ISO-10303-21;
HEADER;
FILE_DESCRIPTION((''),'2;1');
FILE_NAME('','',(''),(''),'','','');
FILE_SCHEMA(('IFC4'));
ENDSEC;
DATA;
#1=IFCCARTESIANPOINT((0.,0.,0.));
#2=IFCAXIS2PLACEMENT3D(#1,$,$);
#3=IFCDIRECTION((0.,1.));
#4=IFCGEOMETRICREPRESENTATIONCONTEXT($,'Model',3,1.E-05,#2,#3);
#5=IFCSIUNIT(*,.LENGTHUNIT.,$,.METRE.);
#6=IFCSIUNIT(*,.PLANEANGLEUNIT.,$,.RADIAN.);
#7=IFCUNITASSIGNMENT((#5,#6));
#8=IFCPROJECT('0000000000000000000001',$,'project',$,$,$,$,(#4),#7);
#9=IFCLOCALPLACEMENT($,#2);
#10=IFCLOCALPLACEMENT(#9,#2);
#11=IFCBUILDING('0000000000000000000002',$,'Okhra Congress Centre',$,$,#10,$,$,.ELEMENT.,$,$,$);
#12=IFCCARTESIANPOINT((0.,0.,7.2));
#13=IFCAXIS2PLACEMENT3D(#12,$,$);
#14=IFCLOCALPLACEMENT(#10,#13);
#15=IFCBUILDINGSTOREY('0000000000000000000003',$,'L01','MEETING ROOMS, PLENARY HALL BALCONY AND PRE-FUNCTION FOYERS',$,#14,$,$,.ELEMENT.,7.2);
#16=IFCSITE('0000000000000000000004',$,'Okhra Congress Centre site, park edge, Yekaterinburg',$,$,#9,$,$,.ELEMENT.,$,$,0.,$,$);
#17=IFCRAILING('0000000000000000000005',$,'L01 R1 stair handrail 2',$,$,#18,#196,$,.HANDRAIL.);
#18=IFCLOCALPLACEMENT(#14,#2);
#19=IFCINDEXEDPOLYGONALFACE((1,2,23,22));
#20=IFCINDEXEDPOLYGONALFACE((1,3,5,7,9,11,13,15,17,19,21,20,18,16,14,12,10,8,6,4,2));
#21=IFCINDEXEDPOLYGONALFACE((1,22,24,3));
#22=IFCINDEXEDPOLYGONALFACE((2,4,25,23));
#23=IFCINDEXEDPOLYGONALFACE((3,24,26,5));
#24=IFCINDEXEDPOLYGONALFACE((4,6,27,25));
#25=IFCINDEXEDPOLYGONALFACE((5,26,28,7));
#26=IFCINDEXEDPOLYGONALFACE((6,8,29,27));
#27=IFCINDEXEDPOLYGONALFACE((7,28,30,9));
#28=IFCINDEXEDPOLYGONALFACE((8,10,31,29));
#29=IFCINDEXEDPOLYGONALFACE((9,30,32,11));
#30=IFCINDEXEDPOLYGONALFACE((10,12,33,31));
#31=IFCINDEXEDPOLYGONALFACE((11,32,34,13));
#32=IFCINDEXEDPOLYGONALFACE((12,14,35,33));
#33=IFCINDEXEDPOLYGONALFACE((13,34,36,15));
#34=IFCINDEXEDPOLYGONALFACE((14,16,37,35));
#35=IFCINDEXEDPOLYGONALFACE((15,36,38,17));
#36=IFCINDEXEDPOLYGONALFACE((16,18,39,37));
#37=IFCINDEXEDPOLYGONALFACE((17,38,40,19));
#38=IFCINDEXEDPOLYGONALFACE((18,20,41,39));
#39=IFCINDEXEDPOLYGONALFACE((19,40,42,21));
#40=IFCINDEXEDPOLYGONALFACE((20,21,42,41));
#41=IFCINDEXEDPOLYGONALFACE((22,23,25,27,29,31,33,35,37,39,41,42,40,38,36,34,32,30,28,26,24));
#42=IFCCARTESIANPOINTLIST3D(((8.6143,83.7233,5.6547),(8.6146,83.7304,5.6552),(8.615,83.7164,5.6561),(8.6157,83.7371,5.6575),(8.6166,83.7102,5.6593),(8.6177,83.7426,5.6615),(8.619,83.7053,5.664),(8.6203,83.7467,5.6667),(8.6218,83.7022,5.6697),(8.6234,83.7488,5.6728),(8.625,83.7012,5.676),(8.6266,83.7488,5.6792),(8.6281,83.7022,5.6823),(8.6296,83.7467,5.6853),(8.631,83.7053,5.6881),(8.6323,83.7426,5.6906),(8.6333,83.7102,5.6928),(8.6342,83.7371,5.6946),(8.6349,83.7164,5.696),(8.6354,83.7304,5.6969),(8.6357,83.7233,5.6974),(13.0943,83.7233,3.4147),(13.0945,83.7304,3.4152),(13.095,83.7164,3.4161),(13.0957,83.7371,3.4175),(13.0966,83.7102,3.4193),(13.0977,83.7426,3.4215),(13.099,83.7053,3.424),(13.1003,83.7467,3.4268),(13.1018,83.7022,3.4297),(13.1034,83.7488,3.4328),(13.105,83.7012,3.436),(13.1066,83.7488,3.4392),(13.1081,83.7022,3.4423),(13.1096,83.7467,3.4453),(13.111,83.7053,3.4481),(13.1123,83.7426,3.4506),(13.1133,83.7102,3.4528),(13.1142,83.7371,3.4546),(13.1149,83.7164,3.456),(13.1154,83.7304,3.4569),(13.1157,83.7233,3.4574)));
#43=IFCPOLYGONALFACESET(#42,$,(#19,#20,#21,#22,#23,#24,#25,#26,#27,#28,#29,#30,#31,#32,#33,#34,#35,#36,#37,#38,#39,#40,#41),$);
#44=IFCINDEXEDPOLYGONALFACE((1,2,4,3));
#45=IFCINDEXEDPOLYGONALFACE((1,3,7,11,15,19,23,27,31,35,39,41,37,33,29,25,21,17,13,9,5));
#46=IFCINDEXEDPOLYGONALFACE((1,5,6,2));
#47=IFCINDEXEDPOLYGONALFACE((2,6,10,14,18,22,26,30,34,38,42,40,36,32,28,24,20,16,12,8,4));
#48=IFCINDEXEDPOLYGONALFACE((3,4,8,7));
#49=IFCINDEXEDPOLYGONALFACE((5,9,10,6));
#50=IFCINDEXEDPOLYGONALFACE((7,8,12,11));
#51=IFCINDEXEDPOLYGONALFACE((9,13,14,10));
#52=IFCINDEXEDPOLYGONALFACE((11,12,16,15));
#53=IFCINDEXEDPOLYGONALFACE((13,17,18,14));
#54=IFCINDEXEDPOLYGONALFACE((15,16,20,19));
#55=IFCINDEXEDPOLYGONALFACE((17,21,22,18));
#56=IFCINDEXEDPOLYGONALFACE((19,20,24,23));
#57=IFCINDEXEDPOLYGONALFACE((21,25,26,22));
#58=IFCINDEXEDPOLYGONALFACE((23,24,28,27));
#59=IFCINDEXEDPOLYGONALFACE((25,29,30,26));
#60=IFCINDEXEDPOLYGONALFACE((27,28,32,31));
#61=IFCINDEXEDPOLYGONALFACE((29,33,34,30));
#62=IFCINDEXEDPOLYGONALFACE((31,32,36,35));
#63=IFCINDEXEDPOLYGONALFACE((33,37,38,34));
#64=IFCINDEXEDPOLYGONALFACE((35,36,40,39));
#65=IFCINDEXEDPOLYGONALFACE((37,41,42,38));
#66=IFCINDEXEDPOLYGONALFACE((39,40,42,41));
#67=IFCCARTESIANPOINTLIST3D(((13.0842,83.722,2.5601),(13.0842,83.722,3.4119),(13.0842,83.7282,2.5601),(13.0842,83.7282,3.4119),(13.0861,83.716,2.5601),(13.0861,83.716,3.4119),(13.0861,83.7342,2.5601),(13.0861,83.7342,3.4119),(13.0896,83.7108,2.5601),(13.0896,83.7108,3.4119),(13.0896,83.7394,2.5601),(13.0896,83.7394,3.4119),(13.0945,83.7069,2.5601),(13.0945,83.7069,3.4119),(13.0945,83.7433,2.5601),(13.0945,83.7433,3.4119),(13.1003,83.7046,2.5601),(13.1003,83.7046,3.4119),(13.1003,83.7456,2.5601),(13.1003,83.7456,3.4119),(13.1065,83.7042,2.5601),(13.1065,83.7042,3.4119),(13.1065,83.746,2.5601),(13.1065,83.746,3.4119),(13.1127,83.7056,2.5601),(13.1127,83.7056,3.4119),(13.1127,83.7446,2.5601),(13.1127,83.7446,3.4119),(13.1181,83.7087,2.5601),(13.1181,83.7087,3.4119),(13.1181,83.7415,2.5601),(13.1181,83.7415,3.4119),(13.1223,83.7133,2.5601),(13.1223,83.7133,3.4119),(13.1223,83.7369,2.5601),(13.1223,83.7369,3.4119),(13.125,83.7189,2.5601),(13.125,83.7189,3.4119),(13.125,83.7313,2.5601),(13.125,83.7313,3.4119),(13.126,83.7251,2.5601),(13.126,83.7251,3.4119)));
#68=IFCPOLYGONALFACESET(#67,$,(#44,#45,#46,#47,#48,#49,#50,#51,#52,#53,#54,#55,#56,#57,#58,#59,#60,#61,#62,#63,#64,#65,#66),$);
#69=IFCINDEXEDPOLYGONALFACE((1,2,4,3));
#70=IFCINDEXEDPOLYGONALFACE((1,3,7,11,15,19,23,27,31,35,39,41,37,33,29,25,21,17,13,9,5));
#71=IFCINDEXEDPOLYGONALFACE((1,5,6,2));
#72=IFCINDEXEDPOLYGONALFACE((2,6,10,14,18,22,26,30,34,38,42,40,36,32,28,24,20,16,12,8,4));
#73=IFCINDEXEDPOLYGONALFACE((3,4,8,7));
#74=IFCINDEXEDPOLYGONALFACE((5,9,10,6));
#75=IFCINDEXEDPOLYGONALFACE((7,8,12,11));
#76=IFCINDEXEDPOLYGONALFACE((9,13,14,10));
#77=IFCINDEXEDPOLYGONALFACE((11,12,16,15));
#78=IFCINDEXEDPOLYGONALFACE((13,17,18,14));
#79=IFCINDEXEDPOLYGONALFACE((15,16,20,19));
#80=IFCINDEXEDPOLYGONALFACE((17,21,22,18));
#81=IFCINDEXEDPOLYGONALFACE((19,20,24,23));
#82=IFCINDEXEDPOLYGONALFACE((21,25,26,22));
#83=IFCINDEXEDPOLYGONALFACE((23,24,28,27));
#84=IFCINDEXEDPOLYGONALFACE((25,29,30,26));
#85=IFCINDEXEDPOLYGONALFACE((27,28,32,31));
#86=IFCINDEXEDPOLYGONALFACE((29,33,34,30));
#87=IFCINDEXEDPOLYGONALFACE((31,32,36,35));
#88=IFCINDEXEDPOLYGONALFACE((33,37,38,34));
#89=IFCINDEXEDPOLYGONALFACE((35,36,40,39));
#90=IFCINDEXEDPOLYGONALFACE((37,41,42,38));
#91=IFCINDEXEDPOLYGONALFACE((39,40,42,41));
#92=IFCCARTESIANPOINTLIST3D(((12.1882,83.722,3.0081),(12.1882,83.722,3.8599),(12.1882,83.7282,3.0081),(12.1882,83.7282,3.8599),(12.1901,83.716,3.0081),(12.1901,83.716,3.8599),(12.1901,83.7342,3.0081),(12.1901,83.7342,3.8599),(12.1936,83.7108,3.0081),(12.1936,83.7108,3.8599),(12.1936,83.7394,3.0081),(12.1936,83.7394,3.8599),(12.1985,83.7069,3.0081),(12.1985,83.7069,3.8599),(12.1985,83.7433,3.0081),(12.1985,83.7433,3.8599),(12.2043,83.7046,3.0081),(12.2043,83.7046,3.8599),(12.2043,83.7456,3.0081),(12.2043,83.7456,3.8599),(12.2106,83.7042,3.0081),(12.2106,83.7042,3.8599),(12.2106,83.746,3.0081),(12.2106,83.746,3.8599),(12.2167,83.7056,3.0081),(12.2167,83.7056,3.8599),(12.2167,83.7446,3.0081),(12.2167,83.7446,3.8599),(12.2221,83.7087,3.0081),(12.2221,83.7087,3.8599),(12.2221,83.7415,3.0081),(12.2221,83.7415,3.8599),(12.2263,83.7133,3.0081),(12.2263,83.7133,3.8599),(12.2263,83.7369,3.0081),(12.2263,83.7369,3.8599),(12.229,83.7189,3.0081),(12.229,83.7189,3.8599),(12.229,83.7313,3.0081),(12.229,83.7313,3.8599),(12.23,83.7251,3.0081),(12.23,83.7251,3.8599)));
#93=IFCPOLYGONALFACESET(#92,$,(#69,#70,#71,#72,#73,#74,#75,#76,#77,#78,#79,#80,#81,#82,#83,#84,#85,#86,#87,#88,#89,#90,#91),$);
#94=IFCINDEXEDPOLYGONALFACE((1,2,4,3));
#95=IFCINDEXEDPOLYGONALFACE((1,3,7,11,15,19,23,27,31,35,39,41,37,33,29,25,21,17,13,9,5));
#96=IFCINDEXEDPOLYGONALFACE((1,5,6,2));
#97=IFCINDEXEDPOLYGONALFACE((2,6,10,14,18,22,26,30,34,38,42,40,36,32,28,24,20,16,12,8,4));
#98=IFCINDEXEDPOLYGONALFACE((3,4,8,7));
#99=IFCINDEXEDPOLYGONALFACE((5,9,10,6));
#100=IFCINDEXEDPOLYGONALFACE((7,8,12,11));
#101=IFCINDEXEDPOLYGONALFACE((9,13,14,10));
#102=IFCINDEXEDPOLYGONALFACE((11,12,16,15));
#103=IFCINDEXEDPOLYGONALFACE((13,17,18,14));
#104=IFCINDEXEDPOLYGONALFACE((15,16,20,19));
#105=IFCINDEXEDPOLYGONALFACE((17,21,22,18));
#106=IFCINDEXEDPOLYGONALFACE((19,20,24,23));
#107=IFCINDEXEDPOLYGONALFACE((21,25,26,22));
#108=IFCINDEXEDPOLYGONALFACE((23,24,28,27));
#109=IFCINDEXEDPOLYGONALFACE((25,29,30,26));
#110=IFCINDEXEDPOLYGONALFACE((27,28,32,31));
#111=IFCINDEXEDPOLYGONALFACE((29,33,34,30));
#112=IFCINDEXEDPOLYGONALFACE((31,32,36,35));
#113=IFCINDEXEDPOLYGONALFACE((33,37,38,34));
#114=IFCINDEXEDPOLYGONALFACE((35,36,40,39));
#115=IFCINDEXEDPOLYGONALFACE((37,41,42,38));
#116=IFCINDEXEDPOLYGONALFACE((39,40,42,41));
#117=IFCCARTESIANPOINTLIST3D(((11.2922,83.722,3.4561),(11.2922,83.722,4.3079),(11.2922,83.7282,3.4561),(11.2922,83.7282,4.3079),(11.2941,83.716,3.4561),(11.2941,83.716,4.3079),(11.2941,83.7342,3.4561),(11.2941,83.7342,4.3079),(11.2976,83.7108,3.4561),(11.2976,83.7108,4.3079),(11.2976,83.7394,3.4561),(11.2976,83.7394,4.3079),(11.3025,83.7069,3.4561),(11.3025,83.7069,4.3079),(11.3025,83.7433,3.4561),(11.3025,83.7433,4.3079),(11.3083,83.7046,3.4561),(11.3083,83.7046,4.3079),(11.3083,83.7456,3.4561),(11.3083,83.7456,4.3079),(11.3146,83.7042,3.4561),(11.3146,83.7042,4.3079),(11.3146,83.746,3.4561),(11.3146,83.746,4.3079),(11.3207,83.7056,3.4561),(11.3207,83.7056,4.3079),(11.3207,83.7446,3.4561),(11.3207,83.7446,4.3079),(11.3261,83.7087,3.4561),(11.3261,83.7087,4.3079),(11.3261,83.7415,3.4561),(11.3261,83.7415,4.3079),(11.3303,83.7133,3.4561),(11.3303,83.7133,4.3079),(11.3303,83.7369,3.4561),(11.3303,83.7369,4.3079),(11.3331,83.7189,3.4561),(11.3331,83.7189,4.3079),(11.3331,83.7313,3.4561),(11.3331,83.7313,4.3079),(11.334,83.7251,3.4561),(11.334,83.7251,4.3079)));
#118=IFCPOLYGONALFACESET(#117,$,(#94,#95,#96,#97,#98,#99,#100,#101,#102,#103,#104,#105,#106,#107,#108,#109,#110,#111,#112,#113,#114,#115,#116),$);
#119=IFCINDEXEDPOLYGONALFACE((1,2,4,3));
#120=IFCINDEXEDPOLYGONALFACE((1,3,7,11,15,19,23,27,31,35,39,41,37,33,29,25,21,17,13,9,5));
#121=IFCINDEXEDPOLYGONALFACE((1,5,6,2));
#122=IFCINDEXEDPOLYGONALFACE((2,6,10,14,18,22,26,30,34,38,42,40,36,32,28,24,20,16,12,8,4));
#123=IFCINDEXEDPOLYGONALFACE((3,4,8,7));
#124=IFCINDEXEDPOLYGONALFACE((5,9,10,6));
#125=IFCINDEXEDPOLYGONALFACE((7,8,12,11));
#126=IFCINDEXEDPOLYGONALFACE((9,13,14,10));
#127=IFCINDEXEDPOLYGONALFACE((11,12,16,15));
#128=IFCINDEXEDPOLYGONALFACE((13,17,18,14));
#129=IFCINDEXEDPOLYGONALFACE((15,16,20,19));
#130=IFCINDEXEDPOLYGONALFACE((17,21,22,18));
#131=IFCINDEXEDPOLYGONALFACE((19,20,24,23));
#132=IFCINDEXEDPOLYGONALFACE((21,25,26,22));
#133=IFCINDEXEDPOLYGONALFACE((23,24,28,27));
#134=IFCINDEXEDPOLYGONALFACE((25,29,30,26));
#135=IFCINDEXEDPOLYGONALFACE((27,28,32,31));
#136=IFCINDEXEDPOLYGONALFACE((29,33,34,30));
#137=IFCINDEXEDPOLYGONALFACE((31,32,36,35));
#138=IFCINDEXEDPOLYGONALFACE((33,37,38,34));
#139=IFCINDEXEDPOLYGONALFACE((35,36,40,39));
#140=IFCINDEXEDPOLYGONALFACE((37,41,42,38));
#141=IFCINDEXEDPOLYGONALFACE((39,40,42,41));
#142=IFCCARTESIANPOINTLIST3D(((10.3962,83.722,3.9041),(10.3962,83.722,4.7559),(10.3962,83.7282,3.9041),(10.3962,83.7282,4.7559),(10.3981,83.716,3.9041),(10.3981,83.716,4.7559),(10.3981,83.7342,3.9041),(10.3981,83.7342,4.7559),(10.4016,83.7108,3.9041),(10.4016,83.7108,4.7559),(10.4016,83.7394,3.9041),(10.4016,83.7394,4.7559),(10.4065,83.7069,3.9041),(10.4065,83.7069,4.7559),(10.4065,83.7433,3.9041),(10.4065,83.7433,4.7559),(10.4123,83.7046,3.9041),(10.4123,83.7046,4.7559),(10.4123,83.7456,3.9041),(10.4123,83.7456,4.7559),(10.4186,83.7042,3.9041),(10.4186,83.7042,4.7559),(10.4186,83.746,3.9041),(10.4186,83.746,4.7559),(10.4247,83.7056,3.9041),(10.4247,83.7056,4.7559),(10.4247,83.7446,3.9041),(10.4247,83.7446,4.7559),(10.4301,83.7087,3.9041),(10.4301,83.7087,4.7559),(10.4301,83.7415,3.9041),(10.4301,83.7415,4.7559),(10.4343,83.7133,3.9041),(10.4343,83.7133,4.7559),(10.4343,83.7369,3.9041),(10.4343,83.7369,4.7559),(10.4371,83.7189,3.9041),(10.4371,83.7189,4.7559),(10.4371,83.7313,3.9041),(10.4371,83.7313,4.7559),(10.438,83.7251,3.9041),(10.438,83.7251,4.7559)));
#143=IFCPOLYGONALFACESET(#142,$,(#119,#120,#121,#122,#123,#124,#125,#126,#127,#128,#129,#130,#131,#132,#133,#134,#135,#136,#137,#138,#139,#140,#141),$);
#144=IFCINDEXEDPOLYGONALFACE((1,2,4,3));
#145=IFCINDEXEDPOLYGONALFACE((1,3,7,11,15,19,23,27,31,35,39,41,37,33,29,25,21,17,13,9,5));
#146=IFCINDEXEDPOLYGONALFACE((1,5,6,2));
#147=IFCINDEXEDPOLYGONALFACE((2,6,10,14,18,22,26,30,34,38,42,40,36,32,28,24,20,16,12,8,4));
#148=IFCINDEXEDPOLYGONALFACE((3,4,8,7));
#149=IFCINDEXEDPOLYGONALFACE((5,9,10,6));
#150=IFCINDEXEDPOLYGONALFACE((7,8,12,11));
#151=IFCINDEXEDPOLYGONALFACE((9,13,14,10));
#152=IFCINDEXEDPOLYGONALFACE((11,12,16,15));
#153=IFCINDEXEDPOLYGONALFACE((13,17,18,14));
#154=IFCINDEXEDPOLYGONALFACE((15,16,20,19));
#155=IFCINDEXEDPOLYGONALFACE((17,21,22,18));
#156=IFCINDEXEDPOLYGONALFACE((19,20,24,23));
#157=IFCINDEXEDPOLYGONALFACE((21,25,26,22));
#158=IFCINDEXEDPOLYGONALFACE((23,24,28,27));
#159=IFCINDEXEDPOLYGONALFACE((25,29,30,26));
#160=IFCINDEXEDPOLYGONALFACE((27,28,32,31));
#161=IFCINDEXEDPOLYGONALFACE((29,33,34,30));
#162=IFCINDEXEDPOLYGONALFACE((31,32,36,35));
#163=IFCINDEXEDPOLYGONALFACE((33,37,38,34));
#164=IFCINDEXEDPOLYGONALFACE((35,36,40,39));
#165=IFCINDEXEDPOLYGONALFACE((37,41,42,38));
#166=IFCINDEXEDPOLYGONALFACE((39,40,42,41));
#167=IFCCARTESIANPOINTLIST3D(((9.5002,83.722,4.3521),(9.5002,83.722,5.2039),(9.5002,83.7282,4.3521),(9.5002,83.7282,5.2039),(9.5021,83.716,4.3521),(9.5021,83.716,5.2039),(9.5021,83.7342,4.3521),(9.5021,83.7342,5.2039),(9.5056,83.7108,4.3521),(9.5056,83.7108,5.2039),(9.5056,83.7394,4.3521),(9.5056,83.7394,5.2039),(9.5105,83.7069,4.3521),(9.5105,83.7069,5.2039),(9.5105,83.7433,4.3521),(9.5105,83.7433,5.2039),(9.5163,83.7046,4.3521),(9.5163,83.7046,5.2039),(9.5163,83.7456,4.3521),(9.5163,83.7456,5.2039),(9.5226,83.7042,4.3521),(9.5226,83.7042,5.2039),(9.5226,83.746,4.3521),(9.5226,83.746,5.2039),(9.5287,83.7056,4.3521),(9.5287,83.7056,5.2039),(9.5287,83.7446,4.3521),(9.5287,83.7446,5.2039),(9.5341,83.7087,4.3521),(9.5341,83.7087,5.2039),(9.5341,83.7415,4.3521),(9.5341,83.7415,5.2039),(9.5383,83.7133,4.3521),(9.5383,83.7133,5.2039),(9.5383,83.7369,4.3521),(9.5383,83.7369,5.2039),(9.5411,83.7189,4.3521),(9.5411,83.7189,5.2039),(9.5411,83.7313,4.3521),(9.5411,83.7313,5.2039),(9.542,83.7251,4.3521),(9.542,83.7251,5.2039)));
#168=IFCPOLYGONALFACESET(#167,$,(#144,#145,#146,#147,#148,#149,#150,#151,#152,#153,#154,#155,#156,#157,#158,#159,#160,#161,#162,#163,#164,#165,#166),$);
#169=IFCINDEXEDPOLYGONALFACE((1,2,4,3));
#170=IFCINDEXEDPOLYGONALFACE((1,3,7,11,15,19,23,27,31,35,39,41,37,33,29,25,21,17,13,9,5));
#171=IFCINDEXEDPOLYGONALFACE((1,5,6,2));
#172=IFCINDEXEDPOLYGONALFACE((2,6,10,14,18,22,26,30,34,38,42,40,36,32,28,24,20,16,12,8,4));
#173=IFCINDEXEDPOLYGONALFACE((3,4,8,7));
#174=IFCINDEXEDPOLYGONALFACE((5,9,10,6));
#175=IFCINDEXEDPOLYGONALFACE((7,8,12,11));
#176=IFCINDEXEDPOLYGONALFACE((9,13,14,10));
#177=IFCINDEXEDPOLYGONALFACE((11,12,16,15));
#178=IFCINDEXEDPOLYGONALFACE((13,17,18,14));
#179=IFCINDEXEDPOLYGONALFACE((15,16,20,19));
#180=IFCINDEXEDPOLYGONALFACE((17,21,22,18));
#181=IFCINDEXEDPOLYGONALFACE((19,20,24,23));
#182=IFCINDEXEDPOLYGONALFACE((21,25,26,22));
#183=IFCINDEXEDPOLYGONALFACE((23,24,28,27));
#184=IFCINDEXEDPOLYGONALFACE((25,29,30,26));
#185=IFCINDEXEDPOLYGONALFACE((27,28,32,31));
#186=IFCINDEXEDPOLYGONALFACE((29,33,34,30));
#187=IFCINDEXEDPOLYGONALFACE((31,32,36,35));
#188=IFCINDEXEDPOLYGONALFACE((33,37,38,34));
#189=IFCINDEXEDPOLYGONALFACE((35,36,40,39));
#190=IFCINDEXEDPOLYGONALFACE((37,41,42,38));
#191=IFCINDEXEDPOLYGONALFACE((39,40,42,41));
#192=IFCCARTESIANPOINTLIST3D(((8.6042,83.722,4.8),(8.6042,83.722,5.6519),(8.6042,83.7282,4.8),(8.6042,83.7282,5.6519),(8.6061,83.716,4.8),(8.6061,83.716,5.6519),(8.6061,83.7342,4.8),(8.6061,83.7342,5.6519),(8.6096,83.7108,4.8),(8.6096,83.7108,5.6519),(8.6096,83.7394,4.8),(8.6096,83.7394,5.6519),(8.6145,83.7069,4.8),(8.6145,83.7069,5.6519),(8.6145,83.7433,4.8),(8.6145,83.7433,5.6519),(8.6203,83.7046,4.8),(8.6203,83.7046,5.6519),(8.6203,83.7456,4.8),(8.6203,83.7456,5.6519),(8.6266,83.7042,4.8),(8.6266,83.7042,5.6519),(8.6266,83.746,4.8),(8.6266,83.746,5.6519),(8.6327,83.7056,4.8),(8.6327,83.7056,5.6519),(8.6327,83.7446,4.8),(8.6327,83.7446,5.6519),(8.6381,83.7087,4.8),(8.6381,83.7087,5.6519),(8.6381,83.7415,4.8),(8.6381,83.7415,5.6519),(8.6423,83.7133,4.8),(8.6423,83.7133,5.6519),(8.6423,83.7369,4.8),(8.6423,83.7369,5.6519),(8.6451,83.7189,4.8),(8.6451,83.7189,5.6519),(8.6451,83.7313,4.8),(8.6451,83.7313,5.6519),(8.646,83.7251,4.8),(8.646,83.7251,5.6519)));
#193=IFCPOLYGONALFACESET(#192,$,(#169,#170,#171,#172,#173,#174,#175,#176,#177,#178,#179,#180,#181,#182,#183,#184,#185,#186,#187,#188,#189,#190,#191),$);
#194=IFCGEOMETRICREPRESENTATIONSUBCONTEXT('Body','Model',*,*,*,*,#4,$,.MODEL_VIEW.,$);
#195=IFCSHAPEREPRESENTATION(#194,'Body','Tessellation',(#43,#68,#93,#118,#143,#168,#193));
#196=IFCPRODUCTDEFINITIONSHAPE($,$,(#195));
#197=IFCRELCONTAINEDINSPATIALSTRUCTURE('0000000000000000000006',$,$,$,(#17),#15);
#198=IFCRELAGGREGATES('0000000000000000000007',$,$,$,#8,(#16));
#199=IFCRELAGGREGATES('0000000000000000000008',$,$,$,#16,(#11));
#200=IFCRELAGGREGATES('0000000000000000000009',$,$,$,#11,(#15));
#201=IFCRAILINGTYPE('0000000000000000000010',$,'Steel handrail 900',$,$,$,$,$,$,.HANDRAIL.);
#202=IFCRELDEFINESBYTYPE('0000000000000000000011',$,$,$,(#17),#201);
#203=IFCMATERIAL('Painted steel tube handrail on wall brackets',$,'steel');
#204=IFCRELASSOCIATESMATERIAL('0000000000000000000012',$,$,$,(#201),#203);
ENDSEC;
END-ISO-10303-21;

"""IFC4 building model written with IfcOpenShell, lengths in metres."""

from ifc_helpers import new_model, si_unit, direction, frame, origin, origin_2d, place, context, subcontext, project, spatial, circle, extrude, material, type_object, element, save


model = new_model("IFC4")

# Units and contexts
model_context = context("Model", 3, precision=1e-05, world=origin(), true_north=direction((0.0, 1.0)))
body_context = subcontext(model_context, "Body", "Model", "MODEL_VIEW")
ifc_project = project(units=[si_unit("LENGTHUNIT", "METRE"), si_unit("PLANEANGLEUNIT", "RADIAN")], contexts=[model_context])

# Site, building, storey
site_placement = place(None, origin())
site = spatial("IfcSite", under=ifc_project, at=site_placement, Name="Okhra Congress Centre site, park edge, Yekaterinburg", CompositionType="ELEMENT", RefElevation=0.0)
building_placement = place(site_placement, origin())
building = spatial("IfcBuilding", under=site, at=building_placement, Name="Okhra Congress Centre", CompositionType="ELEMENT")
storey_placement = place(building_placement, frame((0.0, 0.0, 7.2)))
storey = spatial("IfcBuildingStorey", under=building, at=storey_placement, Name="L01", Description="MEETING ROOMS, PLENARY HALL BALCONY AND PRE-FUNCTION FOYERS", CompositionType="ELEMENT", Elevation=7.2)

# Railing
ifc_material_1 = material(Name="Painted steel tube handrail on wall brackets", Category="steel")
railing_type_1 = type_object("IfcRailingType", Name="Steel handrail 900", PredefinedType="HANDRAIL", material=ifc_material_1)
for number, where, name in (
    (1, (13.105, 83.7251, 2.5601), "L01 R1 stair handrail 2"),
):
    element("IfcRailing", number, at=place(storey_placement, frame(where)), inside=storey, type_object=railing_type_1, Name=name, PredefinedType="HANDRAIL", context=body_context, shape_type="SweptSolid", body=[
        extrude(circle(Radius=0.0239, at=origin_2d()), frame((0.0, 0.0, 0.876), z_axis=(-0.894427, 0.0, 0.447214), x_axis=(0.0, -1.0, 0.0)), (0.0, 0.0, 1.0), 5.0088),
        extrude(circle(Radius=0.021, at=origin_2d()), origin(), (0.0, 0.0, 1.0), 0.8518),
        extrude(circle(Radius=0.021, at=origin_2d()), frame((-0.896, 0.0, 0.448)), (0.0, 0.0, 1.0), 0.8518),
        extrude(circle(Radius=0.021, at=origin_2d()), frame((-1.792, 0.0, 0.896)), (0.0, 0.0, 1.0), 0.8518),
        extrude(circle(Radius=0.021, at=origin_2d()), frame((-2.688, 0.0, 1.344)), (0.0, 0.0, 1.0), 0.8518),
        extrude(circle(Radius=0.021, at=origin_2d()), frame((-3.584, 0.0, 1.792)), (0.0, 0.0, 1.0), 0.8518),
        extrude(circle(Radius=0.021, at=origin_2d()), frame((-4.48, 0.0, 2.24)), (0.0, 0.0, 1.0), 0.8518),
    ])

save(model, "model.ifc")
